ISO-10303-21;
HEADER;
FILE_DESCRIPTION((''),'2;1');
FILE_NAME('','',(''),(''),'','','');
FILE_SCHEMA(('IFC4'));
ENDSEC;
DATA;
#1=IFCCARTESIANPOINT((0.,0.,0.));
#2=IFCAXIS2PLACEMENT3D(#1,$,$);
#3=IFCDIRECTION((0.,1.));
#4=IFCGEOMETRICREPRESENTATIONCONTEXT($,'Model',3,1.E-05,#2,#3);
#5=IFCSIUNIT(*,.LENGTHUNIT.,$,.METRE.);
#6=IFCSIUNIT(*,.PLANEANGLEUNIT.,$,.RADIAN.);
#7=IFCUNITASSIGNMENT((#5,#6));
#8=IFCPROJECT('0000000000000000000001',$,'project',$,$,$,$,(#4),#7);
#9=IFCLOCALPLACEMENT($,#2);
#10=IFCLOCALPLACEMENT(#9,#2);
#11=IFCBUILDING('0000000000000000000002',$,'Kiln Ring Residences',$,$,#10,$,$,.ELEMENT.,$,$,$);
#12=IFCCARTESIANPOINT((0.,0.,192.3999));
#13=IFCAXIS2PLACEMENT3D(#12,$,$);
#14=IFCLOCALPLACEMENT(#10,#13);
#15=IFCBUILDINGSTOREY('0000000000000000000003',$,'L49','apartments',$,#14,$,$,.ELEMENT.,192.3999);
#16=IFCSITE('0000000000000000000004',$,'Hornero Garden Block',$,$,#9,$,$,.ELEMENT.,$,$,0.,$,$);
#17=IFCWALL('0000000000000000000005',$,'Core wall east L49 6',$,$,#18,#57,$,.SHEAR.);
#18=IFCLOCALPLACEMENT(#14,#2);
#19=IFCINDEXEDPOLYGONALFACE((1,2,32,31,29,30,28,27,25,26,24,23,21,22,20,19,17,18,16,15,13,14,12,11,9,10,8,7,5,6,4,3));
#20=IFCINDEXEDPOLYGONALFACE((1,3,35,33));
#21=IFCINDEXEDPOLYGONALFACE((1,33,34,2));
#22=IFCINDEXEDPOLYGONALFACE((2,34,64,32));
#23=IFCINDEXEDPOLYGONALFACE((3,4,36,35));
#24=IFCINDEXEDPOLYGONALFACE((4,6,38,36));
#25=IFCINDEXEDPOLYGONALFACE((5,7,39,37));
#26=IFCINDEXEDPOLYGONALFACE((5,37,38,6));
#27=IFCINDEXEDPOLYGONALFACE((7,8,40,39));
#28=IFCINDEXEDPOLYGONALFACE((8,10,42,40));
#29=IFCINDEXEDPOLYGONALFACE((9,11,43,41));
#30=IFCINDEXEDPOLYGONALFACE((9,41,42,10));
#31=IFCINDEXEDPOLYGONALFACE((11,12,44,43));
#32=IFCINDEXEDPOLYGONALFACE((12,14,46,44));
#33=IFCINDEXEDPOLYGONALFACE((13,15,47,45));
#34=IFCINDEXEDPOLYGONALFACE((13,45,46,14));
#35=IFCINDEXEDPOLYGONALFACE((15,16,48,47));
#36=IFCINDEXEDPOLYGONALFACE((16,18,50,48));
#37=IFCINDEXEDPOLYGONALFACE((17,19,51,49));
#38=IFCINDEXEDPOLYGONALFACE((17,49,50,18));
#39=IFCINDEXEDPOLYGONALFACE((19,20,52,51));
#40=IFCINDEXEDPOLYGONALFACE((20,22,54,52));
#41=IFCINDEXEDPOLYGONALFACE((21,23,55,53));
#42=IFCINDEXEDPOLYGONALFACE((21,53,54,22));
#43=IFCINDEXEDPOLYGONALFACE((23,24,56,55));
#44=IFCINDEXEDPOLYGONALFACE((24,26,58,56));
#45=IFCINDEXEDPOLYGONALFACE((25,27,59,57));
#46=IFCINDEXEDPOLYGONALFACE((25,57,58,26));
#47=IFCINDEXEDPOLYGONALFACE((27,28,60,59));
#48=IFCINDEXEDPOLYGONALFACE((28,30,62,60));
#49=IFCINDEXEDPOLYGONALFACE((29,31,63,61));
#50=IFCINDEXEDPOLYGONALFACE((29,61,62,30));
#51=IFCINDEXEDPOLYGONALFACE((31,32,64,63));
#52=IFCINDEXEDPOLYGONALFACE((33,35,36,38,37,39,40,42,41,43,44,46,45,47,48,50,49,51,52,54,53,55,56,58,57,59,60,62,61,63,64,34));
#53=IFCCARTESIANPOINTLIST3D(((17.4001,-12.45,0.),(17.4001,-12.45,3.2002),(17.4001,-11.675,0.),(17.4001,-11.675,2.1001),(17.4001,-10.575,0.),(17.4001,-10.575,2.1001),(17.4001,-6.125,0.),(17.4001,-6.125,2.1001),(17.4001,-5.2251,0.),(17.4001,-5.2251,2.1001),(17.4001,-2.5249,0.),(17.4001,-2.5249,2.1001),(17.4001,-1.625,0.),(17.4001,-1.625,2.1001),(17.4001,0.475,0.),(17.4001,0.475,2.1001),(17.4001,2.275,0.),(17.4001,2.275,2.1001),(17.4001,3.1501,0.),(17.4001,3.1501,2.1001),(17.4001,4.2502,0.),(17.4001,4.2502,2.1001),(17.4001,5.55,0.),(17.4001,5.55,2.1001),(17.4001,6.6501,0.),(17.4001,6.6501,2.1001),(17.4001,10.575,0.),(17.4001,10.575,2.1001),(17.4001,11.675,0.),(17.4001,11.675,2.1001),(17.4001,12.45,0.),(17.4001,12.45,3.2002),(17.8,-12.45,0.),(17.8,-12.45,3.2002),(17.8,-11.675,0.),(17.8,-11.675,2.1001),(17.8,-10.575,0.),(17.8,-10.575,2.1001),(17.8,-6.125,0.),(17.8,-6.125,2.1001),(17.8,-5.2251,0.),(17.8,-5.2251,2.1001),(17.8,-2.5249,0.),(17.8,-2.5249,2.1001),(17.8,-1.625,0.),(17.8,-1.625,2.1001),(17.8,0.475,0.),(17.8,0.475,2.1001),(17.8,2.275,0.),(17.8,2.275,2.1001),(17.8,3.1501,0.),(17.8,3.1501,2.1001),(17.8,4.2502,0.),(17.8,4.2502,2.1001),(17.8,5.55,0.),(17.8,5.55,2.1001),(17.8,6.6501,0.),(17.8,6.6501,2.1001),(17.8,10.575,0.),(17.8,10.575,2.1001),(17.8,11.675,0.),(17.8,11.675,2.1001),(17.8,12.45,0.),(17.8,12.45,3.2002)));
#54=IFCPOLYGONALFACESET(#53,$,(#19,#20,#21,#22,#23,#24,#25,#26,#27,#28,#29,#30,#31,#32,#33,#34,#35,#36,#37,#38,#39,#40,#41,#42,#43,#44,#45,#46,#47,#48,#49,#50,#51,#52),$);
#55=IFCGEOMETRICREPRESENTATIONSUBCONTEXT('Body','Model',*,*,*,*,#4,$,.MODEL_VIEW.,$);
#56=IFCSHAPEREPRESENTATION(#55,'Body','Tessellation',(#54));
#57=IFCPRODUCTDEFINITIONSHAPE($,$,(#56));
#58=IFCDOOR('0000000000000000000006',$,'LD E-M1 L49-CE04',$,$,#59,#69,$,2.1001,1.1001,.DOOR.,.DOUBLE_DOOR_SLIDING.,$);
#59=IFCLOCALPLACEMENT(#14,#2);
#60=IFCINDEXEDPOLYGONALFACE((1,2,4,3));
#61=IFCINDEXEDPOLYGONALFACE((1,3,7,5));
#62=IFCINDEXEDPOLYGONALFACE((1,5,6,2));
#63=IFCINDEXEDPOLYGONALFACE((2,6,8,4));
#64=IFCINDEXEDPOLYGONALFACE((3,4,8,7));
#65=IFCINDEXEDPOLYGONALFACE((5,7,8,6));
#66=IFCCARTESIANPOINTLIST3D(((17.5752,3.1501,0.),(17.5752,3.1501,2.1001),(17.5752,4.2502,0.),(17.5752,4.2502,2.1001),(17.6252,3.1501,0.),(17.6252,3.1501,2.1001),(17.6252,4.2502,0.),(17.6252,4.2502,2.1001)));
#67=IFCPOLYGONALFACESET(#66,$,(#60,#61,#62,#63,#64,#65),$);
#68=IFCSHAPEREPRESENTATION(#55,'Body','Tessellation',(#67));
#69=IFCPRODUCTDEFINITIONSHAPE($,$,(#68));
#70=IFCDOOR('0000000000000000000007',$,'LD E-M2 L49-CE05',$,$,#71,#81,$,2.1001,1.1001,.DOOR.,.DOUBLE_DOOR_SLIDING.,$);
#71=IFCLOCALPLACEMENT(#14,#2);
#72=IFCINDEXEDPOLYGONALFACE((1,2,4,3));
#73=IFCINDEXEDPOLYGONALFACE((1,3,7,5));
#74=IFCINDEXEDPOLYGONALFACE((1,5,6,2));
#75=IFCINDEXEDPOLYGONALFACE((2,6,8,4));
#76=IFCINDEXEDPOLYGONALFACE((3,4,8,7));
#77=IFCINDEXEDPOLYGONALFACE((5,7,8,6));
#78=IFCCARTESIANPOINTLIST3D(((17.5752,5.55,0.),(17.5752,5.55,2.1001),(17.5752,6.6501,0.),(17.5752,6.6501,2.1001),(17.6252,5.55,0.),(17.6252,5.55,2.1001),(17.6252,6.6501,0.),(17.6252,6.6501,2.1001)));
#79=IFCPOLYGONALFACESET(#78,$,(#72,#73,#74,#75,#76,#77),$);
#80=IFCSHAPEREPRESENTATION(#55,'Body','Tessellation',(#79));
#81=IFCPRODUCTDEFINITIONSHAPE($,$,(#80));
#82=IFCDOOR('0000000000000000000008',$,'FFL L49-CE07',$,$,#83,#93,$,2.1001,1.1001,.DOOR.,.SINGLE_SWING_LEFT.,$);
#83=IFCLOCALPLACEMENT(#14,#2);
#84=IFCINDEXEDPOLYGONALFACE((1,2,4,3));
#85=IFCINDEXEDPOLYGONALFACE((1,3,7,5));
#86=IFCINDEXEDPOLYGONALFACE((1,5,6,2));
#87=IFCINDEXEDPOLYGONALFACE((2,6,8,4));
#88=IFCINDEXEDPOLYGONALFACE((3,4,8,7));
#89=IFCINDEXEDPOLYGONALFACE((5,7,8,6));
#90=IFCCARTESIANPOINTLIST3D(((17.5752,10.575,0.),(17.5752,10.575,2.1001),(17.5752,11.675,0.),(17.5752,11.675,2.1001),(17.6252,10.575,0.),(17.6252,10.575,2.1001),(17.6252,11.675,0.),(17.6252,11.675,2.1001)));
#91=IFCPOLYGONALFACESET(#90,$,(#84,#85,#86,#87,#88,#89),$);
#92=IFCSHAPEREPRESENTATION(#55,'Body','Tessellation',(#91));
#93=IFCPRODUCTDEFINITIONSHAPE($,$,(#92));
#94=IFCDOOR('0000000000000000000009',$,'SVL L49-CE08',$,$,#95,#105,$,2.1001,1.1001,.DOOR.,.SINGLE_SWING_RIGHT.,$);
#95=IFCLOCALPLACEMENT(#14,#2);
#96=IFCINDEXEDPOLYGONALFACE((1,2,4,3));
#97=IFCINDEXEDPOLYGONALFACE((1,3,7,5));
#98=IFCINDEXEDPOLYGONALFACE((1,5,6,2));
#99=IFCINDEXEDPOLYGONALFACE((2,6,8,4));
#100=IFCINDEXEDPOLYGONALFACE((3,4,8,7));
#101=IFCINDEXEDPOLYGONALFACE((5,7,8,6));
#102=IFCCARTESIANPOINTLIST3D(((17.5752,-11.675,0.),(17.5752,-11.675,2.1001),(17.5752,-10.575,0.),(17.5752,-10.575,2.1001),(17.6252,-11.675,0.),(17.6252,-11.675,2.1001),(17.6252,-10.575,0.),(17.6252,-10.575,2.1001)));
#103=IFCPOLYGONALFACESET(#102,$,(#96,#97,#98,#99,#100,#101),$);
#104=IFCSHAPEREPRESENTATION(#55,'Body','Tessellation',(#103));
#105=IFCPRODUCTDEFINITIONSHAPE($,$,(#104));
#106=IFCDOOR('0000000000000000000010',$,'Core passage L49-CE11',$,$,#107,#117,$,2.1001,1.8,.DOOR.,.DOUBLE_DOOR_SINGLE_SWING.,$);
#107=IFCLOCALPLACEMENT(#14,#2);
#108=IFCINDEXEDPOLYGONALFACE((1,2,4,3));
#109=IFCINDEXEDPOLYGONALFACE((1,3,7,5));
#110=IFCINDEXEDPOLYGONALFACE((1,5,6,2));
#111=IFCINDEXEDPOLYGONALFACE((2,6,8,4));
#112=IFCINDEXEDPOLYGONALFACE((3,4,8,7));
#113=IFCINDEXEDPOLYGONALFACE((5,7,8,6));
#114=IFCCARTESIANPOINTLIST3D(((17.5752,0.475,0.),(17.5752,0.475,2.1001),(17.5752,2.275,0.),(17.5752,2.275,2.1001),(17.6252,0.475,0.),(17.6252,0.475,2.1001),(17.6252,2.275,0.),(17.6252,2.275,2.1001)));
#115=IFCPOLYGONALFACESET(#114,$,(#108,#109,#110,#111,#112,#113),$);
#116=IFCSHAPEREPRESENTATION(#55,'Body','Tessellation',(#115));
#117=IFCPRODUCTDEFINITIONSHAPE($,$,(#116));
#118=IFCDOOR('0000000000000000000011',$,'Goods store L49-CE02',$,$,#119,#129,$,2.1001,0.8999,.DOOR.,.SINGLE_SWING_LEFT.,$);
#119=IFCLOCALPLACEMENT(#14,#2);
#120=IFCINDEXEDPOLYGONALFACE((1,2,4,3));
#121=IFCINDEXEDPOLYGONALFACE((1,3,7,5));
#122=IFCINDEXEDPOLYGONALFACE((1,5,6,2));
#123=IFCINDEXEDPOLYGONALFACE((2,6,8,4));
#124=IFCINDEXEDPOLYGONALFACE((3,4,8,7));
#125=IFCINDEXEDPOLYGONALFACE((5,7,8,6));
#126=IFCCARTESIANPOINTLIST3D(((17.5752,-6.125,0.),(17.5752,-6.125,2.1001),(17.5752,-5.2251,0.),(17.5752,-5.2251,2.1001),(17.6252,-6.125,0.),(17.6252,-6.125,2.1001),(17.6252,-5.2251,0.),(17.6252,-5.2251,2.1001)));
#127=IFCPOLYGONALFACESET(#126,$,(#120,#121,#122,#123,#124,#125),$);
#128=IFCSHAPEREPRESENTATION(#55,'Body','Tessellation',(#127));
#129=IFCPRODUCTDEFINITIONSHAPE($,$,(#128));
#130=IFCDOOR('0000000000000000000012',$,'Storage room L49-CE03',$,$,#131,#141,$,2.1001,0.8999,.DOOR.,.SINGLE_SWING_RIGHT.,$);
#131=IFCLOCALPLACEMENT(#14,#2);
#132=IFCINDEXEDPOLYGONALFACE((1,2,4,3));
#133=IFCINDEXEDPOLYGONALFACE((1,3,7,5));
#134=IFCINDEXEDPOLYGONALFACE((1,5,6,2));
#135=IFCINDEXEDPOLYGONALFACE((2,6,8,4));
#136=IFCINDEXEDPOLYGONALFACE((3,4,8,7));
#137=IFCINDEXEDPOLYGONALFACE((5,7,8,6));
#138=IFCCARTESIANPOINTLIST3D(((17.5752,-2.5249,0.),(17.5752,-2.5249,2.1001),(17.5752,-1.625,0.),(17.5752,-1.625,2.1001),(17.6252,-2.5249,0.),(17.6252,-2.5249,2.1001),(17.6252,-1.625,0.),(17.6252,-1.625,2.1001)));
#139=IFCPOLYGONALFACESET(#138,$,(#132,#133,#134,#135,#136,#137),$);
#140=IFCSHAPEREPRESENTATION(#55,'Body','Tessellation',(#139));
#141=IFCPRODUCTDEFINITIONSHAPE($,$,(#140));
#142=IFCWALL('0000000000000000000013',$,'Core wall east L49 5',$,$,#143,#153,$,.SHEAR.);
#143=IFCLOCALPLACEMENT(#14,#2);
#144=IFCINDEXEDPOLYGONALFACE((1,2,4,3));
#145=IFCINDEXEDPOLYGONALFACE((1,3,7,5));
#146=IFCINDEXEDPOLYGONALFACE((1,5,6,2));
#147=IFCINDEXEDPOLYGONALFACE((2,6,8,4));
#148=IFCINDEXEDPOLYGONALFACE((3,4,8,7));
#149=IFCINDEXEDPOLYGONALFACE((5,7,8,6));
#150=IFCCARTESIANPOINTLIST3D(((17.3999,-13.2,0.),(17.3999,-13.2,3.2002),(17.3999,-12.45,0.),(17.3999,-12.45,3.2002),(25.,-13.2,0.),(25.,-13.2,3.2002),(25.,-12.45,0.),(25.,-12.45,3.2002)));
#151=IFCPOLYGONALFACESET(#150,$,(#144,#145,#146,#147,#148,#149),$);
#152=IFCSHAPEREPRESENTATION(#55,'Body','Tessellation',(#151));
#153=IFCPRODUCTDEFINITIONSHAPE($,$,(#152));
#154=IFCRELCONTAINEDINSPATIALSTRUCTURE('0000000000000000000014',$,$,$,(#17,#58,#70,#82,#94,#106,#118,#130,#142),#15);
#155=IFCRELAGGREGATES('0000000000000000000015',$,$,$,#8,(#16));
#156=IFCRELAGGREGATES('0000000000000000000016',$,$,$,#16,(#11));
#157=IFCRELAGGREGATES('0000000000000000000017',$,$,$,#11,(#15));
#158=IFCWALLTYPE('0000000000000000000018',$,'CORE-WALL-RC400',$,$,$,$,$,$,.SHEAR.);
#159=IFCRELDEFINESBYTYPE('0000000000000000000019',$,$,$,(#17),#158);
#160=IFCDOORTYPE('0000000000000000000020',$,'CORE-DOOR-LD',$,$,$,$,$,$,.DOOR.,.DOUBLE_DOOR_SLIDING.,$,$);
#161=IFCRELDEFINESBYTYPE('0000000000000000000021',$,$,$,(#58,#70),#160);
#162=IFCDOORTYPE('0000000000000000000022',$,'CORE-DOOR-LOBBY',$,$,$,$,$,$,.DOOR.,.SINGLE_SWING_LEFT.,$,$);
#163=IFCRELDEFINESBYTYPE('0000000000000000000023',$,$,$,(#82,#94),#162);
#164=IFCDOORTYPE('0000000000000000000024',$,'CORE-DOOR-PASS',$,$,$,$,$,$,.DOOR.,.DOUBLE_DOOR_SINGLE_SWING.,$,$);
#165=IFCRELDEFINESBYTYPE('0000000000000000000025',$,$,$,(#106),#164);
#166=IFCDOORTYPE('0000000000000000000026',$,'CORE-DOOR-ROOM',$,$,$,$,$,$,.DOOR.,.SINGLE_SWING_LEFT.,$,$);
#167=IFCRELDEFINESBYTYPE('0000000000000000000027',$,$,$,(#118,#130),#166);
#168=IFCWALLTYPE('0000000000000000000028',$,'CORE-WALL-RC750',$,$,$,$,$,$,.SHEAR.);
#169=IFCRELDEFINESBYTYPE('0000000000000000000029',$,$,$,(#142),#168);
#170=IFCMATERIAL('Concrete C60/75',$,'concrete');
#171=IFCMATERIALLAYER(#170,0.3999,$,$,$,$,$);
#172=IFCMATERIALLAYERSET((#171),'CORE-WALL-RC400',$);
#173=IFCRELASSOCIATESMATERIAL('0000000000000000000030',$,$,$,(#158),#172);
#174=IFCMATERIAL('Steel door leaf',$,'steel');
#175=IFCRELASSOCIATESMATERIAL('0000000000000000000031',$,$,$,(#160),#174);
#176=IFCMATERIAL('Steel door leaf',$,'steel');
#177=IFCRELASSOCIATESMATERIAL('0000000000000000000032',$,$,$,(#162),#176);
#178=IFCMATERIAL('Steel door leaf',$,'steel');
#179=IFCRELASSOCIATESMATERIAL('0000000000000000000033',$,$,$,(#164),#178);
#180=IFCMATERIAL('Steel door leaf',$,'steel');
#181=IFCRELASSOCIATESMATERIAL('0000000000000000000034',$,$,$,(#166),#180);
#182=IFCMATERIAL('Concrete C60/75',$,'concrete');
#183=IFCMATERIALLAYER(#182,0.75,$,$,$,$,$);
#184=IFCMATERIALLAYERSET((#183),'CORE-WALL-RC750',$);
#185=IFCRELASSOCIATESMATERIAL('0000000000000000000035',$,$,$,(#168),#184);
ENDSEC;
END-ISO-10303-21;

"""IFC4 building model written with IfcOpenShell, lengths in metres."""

from ifc_helpers import new_model, si_unit, direction, frame, frame_2d, origin, place, context, subcontext, project, spatial, rectangle, extrude, material, layer, layer_set, type_object, element, fill, save


model = new_model("IFC4")

# Units and contexts
model_context = context("Model", 3, precision=1e-05, world=origin(), true_north=direction((0.0, 1.0)))
body_context = subcontext(model_context, "Body", "Model", "MODEL_VIEW")
ifc_project = project(units=[si_unit("LENGTHUNIT", "METRE"), si_unit("PLANEANGLEUNIT", "RADIAN")], contexts=[model_context])

# Site, building, storey
site_placement = place(None, origin())
site = spatial("IfcSite", under=ifc_project, at=site_placement, Name="Hornero Garden Block", CompositionType="ELEMENT", RefElevation=0.0)
building_placement = place(site_placement, origin())
building = spatial("IfcBuilding", under=site, at=building_placement, Name="Kiln Ring Residences", CompositionType="ELEMENT")
storey_placement = place(building_placement, frame((0.0, 0.0, 192.3999)))
storey = spatial("IfcBuildingStorey", under=building, at=storey_placement, Name="L49", Description="apartments", CompositionType="ELEMENT", Elevation=192.3999)

# Wall, openings, doors
ifc_material_1 = material(Name="Concrete C60/75", Category="concrete")
ifc_layer_1 = layer(ifc_material_1, 0.3999)
ifc_layer_set_1 = layer_set([ifc_layer_1], Name="CORE-WALL-RC400")
wall_type_1 = type_object("IfcWallType", Name="CORE-WALL-RC400", PredefinedType="SHEAR", material=ifc_layer_set_1)
wall_1_placement = place(storey_placement, frame((17.6001, -12.45, 0.0), z_axis=(0.0, 0.0, 1.0), x_axis=(0.0, 1.0, 0.0)))
wall_1 = element("IfcWall", 1, at=wall_1_placement, inside=storey, type_object=wall_type_1, Name="Core wall east L49 6", PredefinedType="SHEAR", context=body_context, shape_type="SweptSolid", body=[
    extrude(rectangle(XDim=24.8999, YDim=0.3999, at=frame_2d((12.45, 0.0))), origin(), (0.0, 0.0, 1.0), 3.2002),
])
opening_1_placement = place(wall_1_placement, frame((6.325, 0.0, 0.0)))
opening_1 = element("IfcOpeningElement", 2, at=opening_1_placement, cuts=wall_1, PredefinedType="OPENING", context=body_context, shape_type="SweptSolid", body=[
    extrude(rectangle(XDim=0.8999, YDim=2.1001, at=frame_2d((0.45, 1.05))), frame((0.0, 0.21, 0.0), z_axis=(0.0, -1.0, 0.0), x_axis=(1.0, 0.0, 0.0)), (0.0, 0.0, 1.0), 0.4199),
])
opening_2_placement = place(wall_1_placement, frame((9.925, 0.0, 0.0)))
opening_2 = element("IfcOpeningElement", 3, at=opening_2_placement, cuts=wall_1, PredefinedType="OPENING", context=body_context, shape_type="SweptSolid", body=[
    extrude(rectangle(XDim=0.8999, YDim=2.1001, at=frame_2d((0.45, 1.05))), frame((0.0, 0.21, 0.0), z_axis=(0.0, -1.0, 0.0), x_axis=(1.0, 0.0, 0.0)), (0.0, 0.0, 1.0), 0.4199),
])
opening_3_placement = place(wall_1_placement, frame((15.6001, 0.0, 0.0)))
opening_3 = element("IfcOpeningElement", 4, at=opening_3_placement, cuts=wall_1, PredefinedType="OPENING", context=body_context, shape_type="SweptSolid", body=[
    extrude(rectangle(XDim=1.1001, YDim=2.1001, at=frame_2d((0.55, 1.05))), frame((0.0, 0.21, 0.0), z_axis=(0.0, -1.0, 0.0), x_axis=(1.0, 0.0, 0.0)), (0.0, 0.0, 1.0), 0.4199),
])
opening_4_placement = place(wall_1_placement, frame((18.0, 0.0, 0.0)))
opening_4 = element("IfcOpeningElement", 5, at=opening_4_placement, cuts=wall_1, PredefinedType="OPENING", context=body_context, shape_type="SweptSolid", body=[
    extrude(rectangle(XDim=1.1001, YDim=2.1001, at=frame_2d((0.55, 1.05))), frame((0.0, 0.21, 0.0), z_axis=(0.0, -1.0, 0.0), x_axis=(1.0, 0.0, 0.0)), (0.0, 0.0, 1.0), 0.4199),
])
opening_5_placement = place(wall_1_placement, frame((23.0249, 0.0, 0.0)))
opening_5 = element("IfcOpeningElement", 6, at=opening_5_placement, cuts=wall_1, PredefinedType="OPENING", context=body_context, shape_type="SweptSolid", body=[
    extrude(rectangle(XDim=1.1001, YDim=2.1001, at=frame_2d((0.55, 1.05))), frame((0.0, 0.21, 0.0), z_axis=(0.0, -1.0, 0.0), x_axis=(1.0, 0.0, 0.0)), (0.0, 0.0, 1.0), 0.4199),
])
opening_6_placement = place(wall_1_placement, frame((0.7749, 0.0, 0.0)))
opening_6 = element("IfcOpeningElement", 7, at=opening_6_placement, cuts=wall_1, PredefinedType="OPENING", context=body_context, shape_type="SweptSolid", body=[
    extrude(rectangle(XDim=1.1001, YDim=2.1001, at=frame_2d((0.55, 1.05))), frame((0.0, 0.21, 0.0), z_axis=(0.0, -1.0, 0.0), x_axis=(1.0, 0.0, 0.0)), (0.0, 0.0, 1.0), 0.4199),
])
opening_7_placement = place(wall_1_placement, frame((12.925, 0.0, 0.0)))
opening_7 = element("IfcOpeningElement", 8, at=opening_7_placement, cuts=wall_1, PredefinedType="OPENING", context=body_context, shape_type="SweptSolid", body=[
    extrude(rectangle(XDim=1.8, YDim=2.1001, at=frame_2d((0.8999, 1.05))), frame((0.0, 0.21, 0.0), z_axis=(0.0, -1.0, 0.0), x_axis=(1.0, 0.0, 0.0)), (0.0, 0.0, 1.0), 0.4199),
])
ifc_material_2 = material(Name="Steel door leaf", Category="steel")
door_type_1 = type_object("IfcDoorType", Name="CORE-DOOR-LD", OperationType="DOUBLE_DOOR_SLIDING", PredefinedType="DOOR", material=ifc_material_2)
door_1_placement = place(opening_3_placement, origin())
door_1 = element("IfcDoor", 9, at=door_1_placement, inside=storey, type_object=door_type_1, Name="LD E-M1 L49-CE04", OperationType="DOUBLE_DOOR_SLIDING", OverallHeight=2.1001, OverallWidth=1.1001, PredefinedType="DOOR", context=body_context, shape_type="SweptSolid", body=[
    extrude(rectangle(XDim=1.1001, YDim=2.1001, at=frame_2d((0.55, 1.05))), frame((0.0, 0.0249, 0.0), z_axis=(0.0, -1.0, 0.0), x_axis=(1.0, 0.0, 0.0)), (0.0, 0.0, 1.0), 0.05),
])
fill(opening_3, door_1)
door_2_placement = place(opening_4_placement, origin())
door_2 = element("IfcDoor", 10, at=door_2_placement, inside=storey, type_object=door_type_1, Name="LD E-M2 L49-CE05", OperationType="DOUBLE_DOOR_SLIDING", OverallHeight=2.1001, OverallWidth=1.1001, PredefinedType="DOOR", context=body_context, shape_type="SweptSolid", body=[
    extrude(rectangle(XDim=1.1001, YDim=2.1001, at=frame_2d((0.55, 1.05))), frame((0.0, 0.0249, 0.0), z_axis=(0.0, -1.0, 0.0), x_axis=(1.0, 0.0, 0.0)), (0.0, 0.0, 1.0), 0.05),
])
fill(opening_4, door_2)
ifc_material_3 = material(Name="Steel door leaf", Category="steel")
door_type_2 = type_object("IfcDoorType", Name="CORE-DOOR-LOBBY", OperationType="SINGLE_SWING_LEFT", PredefinedType="DOOR", material=ifc_material_3)
door_3_placement = place(opening_5_placement, origin())
door_3 = element("IfcDoor", 11, at=door_3_placement, inside=storey, type_object=door_type_2, Name="FFL L49-CE07", OperationType="SINGLE_SWING_LEFT", OverallHeight=2.1001, OverallWidth=1.1001, PredefinedType="DOOR", context=body_context, shape_type="SweptSolid", body=[
    extrude(rectangle(XDim=1.1001, YDim=2.1001, at=frame_2d((0.55, 1.05))), frame((0.0, 0.0249, 0.0), z_axis=(0.0, -1.0, 0.0), x_axis=(1.0, 0.0, 0.0)), (0.0, 0.0, 1.0), 0.05),
])
fill(opening_5, door_3)
door_4_placement = place(opening_6_placement, origin())
door_4 = element("IfcDoor", 12, at=door_4_placement, inside=storey, type_object=door_type_2, Name="SVL L49-CE08", OperationType="SINGLE_SWING_RIGHT", OverallHeight=2.1001, OverallWidth=1.1001, PredefinedType="DOOR", context=body_context, shape_type="SweptSolid", body=[
    extrude(rectangle(XDim=1.1001, YDim=2.1001, at=frame_2d((0.55, 1.05))), frame((0.0, 0.0249, 0.0), z_axis=(0.0, -1.0, 0.0), x_axis=(1.0, 0.0, 0.0)), (0.0, 0.0, 1.0), 0.05),
])
fill(opening_6, door_4)
ifc_material_4 = material(Name="Steel door leaf", Category="steel")
door_type_3 = type_object("IfcDoorType", Name="CORE-DOOR-PASS", OperationType="DOUBLE_DOOR_SINGLE_SWING", PredefinedType="DOOR", material=ifc_material_4)
door_5_placement = place(opening_7_placement, origin())
door_5 = element("IfcDoor", 13, at=door_5_placement, inside=storey, type_object=door_type_3, Name="Core passage L49-CE11", OperationType="DOUBLE_DOOR_SINGLE_SWING", OverallHeight=2.1001, OverallWidth=1.8, PredefinedType="DOOR", context=body_context, shape_type="SweptSolid", body=[
    extrude(rectangle(XDim=1.8, YDim=2.1001, at=frame_2d((0.8999, 1.05))), frame((0.0, 0.0249, 0.0), z_axis=(0.0, -1.0, 0.0), x_axis=(1.0, 0.0, 0.0)), (0.0, 0.0, 1.0), 0.05),
])
fill(opening_7, door_5)
ifc_material_5 = material(Name="Steel door leaf", Category="steel")
door_type_4 = type_object("IfcDoorType", Name="CORE-DOOR-ROOM", OperationType="SINGLE_SWING_LEFT", PredefinedType="DOOR", material=ifc_material_5)
door_6_placement = place(opening_1_placement, origin())
door_6 = element("IfcDoor", 14, at=door_6_placement, inside=storey, type_object=door_type_4, Name="Goods store L49-CE02", OperationType="SINGLE_SWING_LEFT", OverallHeight=2.1001, OverallWidth=0.8999, PredefinedType="DOOR", context=body_context, shape_type="SweptSolid", body=[
    extrude(rectangle(XDim=0.8999, YDim=2.1001, at=frame_2d((0.45, 1.05))), frame((0.0, 0.0249, 0.0), z_axis=(0.0, -1.0, 0.0), x_axis=(1.0, 0.0, 0.0)), (0.0, 0.0, 1.0), 0.05),
])
fill(opening_1, door_6)
door_7_placement = place(opening_2_placement, origin())
door_7 = element("IfcDoor", 15, at=door_7_placement, inside=storey, type_object=door_type_4, Name="Storage room L49-CE03", OperationType="SINGLE_SWING_RIGHT", OverallHeight=2.1001, OverallWidth=0.8999, PredefinedType="DOOR", context=body_context, shape_type="SweptSolid", body=[
    extrude(rectangle(XDim=0.8999, YDim=2.1001, at=frame_2d((0.45, 1.05))), frame((0.0, 0.0249, 0.0), z_axis=(0.0, -1.0, 0.0), x_axis=(1.0, 0.0, 0.0)), (0.0, 0.0, 1.0), 0.05),
])
fill(opening_2, door_7)

# Wall
ifc_material_6 = material(Name="Concrete C60/75", Category="concrete")
ifc_layer_2 = layer(ifc_material_6, 0.75)
ifc_layer_set_2 = layer_set([ifc_layer_2], Name="CORE-WALL-RC750")
wall_type_2 = type_object("IfcWallType", Name="CORE-WALL-RC750", PredefinedType="SHEAR", material=ifc_layer_set_2)
wall_2_placement = place(storey_placement, frame((17.3999, -12.825, 0.0), z_axis=(0.0, 0.0, 1.0), x_axis=(1.0, 0.0, 0.0)))
element("IfcWall", 16, at=wall_2_placement, inside=storey, type_object=wall_type_2, Name="Core wall east L49 5", PredefinedType="SHEAR", context=body_context, shape_type="SweptSolid", body=[
    extrude(rectangle(XDim=7.6001, YDim=0.75, at=frame_2d((3.8, 0.0))), origin(), (0.0, 0.0, 1.0), 3.2002),
])

save(model, "model.ifc")
